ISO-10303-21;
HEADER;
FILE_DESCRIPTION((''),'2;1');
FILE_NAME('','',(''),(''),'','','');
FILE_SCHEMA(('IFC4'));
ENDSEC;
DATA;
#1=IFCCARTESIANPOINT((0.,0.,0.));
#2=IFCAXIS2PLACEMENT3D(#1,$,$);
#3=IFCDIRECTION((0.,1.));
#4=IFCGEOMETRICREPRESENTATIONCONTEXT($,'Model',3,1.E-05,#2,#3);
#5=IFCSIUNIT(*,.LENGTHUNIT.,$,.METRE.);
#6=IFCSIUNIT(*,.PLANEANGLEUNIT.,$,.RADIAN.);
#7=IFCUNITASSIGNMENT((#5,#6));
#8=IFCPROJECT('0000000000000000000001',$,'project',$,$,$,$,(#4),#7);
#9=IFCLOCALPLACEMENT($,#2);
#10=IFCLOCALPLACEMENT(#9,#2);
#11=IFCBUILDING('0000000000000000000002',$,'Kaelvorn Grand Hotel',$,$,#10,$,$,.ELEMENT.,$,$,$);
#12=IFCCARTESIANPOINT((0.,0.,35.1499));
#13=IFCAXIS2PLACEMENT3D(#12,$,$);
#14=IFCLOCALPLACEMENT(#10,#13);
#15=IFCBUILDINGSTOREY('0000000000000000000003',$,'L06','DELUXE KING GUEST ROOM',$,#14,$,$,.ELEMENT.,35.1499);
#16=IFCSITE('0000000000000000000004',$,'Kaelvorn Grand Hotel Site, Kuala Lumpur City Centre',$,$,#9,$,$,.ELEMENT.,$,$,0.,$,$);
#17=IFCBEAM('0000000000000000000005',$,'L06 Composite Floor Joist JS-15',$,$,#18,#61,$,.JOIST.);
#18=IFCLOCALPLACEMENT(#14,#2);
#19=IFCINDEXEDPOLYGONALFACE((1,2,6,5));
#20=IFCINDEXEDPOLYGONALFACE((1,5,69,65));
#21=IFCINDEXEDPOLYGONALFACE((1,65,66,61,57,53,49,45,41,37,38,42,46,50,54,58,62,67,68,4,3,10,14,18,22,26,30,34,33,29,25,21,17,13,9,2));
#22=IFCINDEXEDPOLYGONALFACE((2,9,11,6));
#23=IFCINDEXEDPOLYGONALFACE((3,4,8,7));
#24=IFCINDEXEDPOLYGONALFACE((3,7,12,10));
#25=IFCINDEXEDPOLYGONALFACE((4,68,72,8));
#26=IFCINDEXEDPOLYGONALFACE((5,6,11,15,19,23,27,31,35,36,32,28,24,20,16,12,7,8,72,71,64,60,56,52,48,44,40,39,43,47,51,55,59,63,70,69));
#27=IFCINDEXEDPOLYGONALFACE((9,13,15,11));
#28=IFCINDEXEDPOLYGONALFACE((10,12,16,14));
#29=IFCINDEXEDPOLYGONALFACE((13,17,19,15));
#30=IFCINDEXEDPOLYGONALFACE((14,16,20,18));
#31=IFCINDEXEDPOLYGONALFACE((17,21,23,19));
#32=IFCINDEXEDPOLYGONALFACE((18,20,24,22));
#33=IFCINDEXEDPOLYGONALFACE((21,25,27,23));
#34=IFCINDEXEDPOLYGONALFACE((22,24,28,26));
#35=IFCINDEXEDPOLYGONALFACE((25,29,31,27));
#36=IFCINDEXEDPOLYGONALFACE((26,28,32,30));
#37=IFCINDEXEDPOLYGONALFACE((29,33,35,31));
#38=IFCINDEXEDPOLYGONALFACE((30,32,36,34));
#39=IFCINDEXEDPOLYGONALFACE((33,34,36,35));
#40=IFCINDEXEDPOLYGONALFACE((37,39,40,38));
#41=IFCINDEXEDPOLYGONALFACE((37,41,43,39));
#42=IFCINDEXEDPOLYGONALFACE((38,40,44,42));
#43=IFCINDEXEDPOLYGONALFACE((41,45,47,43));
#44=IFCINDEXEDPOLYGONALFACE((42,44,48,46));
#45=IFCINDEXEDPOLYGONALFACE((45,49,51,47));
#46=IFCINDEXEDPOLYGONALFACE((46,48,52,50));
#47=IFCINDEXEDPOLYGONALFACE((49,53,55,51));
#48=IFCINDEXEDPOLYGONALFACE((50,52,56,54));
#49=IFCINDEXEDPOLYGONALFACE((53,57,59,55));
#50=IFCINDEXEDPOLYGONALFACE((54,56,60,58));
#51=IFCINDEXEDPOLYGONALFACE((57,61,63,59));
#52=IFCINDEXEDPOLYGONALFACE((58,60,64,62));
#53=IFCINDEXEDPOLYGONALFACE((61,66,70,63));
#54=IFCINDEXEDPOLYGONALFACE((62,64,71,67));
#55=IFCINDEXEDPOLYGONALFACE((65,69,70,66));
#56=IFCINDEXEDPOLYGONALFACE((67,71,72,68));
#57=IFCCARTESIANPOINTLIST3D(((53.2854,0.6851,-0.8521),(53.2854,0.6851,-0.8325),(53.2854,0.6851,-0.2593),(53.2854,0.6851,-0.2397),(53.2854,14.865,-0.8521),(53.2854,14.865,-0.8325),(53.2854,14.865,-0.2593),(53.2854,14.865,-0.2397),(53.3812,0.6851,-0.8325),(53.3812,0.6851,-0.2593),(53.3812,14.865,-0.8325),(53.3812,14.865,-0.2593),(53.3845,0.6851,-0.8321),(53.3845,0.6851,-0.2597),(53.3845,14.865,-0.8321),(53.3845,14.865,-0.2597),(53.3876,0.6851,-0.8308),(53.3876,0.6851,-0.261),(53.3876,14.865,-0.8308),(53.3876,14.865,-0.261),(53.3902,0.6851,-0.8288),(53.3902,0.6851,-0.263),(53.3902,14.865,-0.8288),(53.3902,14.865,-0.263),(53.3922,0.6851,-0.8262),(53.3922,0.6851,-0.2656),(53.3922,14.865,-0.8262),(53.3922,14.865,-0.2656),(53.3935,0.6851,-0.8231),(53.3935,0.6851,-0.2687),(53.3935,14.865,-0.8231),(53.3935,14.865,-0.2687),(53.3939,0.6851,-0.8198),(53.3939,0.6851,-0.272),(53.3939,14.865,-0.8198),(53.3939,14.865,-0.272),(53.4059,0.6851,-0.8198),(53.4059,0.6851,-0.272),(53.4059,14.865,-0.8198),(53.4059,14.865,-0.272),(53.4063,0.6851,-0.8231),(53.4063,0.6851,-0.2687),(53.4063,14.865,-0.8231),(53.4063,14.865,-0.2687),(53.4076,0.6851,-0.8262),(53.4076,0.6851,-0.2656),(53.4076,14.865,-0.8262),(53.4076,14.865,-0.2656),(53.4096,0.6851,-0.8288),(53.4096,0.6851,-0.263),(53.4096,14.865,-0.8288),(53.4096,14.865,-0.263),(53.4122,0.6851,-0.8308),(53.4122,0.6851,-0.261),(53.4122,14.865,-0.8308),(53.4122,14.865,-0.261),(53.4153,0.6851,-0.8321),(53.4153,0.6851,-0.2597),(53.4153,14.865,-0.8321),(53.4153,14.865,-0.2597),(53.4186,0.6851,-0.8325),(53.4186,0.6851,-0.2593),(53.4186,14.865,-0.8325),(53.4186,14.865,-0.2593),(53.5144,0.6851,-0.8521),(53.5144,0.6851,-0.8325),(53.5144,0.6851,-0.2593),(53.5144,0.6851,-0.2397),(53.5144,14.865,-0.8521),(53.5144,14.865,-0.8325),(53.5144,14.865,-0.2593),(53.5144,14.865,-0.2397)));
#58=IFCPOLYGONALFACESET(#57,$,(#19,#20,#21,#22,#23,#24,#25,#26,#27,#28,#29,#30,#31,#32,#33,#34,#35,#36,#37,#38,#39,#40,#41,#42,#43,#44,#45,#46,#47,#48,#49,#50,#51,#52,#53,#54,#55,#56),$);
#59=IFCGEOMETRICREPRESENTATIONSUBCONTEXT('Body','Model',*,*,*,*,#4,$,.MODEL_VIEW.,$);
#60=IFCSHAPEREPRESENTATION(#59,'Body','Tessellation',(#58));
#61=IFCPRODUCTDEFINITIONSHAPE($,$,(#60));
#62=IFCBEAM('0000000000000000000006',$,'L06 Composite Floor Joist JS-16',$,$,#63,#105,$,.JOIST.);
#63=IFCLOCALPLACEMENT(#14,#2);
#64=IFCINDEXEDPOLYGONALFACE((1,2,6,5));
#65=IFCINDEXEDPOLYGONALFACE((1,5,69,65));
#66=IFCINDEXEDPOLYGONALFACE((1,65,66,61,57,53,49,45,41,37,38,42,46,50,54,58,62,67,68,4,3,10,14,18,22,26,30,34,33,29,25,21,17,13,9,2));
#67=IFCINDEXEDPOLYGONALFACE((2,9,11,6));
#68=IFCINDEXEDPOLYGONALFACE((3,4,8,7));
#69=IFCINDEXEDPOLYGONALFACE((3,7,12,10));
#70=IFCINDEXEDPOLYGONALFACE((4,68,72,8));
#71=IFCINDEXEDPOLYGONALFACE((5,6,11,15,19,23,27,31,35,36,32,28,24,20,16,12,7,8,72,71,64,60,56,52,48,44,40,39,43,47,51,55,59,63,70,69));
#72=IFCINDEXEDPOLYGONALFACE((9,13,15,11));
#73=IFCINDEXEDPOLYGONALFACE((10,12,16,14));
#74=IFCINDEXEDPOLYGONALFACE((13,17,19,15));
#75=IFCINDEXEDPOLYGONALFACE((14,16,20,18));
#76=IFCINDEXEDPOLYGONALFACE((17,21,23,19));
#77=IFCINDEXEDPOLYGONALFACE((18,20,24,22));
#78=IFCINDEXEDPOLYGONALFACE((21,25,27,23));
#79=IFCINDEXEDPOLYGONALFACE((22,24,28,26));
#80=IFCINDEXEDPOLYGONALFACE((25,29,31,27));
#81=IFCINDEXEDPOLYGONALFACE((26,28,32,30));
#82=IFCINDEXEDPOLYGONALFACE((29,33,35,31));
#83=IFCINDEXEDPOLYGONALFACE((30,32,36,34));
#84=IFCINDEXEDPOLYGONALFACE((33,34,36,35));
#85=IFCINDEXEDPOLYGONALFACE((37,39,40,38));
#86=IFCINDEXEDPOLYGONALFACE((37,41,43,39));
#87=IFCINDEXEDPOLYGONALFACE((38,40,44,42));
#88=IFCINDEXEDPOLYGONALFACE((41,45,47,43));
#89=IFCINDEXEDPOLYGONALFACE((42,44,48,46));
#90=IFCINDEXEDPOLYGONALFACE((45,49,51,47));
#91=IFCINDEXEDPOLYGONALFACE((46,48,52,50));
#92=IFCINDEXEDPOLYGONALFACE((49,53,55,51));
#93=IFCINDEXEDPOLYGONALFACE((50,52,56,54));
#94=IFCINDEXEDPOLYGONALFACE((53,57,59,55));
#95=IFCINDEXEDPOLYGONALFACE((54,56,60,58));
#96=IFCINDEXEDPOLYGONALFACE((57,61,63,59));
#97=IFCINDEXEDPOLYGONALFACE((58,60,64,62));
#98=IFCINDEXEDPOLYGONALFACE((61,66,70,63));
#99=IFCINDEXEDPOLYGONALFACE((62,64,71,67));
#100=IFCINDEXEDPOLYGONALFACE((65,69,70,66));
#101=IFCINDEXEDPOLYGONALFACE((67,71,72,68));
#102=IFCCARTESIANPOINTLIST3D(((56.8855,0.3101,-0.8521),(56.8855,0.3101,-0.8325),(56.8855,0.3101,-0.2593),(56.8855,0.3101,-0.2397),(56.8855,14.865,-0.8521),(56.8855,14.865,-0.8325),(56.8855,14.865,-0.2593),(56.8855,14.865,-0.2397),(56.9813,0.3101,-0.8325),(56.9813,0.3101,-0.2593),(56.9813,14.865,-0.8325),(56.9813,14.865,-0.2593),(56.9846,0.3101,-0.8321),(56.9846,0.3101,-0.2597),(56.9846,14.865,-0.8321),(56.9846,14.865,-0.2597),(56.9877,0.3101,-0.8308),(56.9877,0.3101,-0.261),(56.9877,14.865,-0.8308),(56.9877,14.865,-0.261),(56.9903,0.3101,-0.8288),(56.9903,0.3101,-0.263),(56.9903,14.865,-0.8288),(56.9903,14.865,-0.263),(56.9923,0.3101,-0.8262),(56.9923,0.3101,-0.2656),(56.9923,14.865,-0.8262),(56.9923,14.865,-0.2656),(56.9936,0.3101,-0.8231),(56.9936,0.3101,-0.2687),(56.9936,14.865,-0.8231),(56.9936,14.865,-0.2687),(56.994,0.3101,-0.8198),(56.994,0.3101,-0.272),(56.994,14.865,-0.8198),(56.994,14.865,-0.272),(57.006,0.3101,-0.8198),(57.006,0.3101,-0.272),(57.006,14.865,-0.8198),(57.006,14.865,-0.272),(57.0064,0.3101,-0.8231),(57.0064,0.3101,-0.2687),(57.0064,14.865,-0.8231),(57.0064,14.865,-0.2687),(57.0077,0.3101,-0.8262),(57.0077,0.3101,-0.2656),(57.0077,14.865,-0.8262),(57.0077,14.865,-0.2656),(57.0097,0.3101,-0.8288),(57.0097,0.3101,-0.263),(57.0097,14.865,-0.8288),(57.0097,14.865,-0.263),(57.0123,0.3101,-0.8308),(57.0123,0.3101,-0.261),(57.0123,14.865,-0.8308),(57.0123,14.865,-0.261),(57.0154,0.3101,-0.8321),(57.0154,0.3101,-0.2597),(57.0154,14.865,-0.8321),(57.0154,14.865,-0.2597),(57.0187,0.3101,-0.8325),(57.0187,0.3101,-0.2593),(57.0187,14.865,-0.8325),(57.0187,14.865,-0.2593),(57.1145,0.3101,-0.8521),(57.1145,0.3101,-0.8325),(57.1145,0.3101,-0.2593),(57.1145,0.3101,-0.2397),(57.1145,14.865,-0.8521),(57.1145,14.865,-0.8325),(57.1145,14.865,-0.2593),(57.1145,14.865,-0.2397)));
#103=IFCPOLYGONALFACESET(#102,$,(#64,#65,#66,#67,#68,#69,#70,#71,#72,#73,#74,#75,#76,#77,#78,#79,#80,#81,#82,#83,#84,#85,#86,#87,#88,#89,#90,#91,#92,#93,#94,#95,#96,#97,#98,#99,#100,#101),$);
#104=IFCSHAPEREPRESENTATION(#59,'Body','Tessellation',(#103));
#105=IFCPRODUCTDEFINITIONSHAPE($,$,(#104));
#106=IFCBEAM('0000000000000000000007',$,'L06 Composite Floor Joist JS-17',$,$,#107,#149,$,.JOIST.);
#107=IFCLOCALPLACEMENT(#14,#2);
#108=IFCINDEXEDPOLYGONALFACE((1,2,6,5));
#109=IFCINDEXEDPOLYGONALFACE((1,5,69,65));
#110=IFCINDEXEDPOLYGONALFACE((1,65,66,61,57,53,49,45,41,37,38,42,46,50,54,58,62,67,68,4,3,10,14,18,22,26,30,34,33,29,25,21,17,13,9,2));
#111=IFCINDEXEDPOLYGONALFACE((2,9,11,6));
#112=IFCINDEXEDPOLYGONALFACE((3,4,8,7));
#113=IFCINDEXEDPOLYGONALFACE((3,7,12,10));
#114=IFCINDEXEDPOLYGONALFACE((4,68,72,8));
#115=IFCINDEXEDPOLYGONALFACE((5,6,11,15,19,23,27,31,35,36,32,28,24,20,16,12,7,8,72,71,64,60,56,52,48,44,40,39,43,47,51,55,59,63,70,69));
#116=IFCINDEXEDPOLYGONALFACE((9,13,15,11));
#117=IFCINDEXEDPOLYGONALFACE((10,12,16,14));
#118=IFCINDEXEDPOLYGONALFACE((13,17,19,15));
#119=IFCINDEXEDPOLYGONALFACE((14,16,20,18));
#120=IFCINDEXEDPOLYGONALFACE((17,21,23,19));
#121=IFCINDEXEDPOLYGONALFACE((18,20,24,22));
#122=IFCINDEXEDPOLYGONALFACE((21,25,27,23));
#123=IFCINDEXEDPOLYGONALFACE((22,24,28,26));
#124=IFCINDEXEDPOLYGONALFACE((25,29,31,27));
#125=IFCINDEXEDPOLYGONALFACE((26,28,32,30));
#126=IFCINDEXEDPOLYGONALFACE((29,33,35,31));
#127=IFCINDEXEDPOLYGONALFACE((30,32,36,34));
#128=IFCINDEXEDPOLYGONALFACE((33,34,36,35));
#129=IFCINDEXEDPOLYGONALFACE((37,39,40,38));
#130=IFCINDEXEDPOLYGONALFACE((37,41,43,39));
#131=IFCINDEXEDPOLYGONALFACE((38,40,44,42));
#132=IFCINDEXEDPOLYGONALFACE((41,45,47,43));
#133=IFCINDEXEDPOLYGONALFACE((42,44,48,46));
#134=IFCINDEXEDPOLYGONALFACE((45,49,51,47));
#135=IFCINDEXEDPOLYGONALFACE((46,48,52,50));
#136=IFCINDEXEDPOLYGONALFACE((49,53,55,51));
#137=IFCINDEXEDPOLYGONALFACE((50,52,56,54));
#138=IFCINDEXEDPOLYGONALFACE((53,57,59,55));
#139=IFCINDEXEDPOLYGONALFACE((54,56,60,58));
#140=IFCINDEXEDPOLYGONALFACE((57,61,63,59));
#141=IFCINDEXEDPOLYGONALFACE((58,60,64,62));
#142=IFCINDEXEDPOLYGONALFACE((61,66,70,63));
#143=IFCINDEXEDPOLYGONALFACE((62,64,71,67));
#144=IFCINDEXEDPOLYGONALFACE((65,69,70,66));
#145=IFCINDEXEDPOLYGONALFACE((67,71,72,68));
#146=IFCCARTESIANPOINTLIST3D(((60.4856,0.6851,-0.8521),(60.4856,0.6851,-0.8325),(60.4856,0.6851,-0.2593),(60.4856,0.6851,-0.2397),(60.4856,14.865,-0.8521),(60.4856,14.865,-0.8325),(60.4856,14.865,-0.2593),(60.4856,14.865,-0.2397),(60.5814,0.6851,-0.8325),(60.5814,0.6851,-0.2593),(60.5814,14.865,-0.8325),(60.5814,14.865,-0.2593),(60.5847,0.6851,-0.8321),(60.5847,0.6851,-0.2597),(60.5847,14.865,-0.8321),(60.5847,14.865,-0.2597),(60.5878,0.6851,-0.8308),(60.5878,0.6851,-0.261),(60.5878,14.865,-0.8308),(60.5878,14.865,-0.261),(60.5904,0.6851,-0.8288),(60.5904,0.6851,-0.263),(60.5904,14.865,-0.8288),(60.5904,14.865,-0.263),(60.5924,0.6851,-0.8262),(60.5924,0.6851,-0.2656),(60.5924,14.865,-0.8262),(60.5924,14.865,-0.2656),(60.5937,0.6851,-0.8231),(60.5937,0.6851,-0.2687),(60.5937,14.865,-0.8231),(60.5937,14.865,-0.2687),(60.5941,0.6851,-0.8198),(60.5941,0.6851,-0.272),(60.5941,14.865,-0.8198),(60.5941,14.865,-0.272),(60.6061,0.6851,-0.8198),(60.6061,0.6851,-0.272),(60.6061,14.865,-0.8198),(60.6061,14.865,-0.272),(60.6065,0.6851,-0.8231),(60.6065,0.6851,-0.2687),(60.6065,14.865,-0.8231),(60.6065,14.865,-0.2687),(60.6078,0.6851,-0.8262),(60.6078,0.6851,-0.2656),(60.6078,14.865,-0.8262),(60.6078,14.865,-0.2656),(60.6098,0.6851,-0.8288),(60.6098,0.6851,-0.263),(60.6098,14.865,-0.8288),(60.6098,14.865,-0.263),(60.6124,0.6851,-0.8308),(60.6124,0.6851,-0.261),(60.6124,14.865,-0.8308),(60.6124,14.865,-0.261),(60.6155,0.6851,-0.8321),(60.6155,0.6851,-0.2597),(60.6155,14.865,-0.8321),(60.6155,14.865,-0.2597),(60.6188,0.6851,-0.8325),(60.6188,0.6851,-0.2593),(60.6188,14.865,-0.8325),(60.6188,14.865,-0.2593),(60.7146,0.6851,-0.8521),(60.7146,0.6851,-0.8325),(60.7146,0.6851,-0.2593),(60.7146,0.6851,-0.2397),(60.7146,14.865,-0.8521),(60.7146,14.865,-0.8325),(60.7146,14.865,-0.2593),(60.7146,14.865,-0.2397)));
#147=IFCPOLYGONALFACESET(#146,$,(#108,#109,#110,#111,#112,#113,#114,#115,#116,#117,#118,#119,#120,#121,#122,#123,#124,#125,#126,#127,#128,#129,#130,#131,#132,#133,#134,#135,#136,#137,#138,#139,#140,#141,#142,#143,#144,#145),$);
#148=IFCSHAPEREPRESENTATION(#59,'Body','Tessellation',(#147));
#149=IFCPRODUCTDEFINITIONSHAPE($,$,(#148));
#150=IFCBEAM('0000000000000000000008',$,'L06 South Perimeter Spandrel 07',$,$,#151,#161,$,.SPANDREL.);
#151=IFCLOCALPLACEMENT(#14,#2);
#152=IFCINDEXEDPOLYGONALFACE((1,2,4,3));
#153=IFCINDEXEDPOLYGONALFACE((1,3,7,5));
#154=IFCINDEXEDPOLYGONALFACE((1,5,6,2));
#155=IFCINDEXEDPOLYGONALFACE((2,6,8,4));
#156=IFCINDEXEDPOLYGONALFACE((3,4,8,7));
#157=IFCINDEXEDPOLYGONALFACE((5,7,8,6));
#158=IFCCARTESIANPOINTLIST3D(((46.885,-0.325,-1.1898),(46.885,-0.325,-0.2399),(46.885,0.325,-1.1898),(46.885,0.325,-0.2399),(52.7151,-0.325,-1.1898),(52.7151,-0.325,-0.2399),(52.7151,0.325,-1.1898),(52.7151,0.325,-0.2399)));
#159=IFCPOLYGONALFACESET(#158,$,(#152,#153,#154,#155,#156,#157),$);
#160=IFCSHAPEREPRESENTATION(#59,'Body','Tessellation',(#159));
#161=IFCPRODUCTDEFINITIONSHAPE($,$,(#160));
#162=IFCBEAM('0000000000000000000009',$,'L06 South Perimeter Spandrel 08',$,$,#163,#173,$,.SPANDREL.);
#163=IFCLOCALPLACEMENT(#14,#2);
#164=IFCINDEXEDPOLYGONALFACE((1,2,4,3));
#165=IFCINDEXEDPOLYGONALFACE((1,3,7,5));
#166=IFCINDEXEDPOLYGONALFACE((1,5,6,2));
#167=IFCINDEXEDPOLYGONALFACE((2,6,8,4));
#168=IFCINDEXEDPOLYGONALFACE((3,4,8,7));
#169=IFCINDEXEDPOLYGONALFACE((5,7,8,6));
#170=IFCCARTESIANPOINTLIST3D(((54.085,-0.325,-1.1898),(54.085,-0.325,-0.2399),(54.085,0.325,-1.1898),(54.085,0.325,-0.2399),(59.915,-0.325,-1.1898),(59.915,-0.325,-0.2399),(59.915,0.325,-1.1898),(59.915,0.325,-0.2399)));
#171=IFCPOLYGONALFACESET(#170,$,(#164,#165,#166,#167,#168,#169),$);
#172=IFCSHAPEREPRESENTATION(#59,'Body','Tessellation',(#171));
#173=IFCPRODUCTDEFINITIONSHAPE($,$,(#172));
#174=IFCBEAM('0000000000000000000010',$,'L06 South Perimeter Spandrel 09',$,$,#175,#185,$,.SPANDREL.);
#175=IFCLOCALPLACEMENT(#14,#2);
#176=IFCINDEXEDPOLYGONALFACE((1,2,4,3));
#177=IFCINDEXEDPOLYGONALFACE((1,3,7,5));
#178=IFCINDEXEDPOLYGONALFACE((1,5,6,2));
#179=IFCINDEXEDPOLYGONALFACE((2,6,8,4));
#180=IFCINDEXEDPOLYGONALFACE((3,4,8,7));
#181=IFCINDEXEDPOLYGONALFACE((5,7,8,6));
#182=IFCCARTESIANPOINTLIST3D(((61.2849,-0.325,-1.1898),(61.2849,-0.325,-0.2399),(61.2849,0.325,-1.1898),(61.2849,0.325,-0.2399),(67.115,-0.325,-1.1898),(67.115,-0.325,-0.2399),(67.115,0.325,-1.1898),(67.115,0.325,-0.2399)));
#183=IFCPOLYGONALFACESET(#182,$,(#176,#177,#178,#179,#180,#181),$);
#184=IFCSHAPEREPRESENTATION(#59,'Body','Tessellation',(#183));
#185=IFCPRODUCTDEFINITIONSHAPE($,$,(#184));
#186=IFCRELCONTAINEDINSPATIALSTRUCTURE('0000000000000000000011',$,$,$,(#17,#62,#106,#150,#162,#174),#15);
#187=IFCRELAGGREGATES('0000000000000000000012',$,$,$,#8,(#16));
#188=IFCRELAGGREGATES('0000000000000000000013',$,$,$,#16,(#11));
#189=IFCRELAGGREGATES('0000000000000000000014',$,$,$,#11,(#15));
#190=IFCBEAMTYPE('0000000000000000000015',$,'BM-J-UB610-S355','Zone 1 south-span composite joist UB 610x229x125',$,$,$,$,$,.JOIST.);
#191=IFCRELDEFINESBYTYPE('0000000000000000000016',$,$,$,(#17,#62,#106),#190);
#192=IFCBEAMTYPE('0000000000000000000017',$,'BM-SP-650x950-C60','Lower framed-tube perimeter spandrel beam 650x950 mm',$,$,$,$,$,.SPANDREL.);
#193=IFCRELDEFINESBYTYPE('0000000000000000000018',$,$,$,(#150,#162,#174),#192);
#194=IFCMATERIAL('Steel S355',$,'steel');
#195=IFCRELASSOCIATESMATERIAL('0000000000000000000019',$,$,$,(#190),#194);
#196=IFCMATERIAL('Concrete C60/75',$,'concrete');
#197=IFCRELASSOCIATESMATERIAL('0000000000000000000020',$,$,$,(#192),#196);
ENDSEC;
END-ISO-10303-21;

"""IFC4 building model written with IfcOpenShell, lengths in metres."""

from ifc_helpers import new_model, si_unit, direction, frame, origin, origin_2d, place, context, subcontext, project, spatial, rectangle, i_section, extrude, material, material_profile, profile_set, type_object, element, save


model = new_model("IFC4")

# Units and contexts
model_context = context("Model", 3, precision=1e-05, world=origin(), true_north=direction((0.0, 1.0)))
body_context = subcontext(model_context, "Body", "Model", "MODEL_VIEW")
ifc_project = project(units=[si_unit("LENGTHUNIT", "METRE"), si_unit("PLANEANGLEUNIT", "RADIAN")], contexts=[model_context])

# Site, building, storey
site_placement = place(None, origin())
site = spatial("IfcSite", under=ifc_project, at=site_placement, Name="Kaelvorn Grand Hotel Site, Kuala Lumpur City Centre", CompositionType="ELEMENT", RefElevation=0.0)
building_placement = place(site_placement, origin())
building = spatial("IfcBuilding", under=site, at=building_placement, Name="Kaelvorn Grand Hotel", CompositionType="ELEMENT")
storey_placement = place(building_placement, frame((0.0, 0.0, 35.1499)))
storey = spatial("IfcBuildingStorey", under=building, at=storey_placement, Name="L06", Description="DELUXE KING GUEST ROOM", CompositionType="ELEMENT", Elevation=35.1499)

# Beams
ifc_material_1 = material(Name="Steel S355", Category="steel")
ifc_material_profile_1 = material_profile(ifc_material_1, i_section(OverallWidth=0.229, OverallDepth=0.6123, WebThickness=0.012, FlangeThickness=0.0195, FilletRadius=0.0127, at=origin_2d()), Name="UB 610x229x125")
ifc_profile_set_1 = profile_set([ifc_material_profile_1], Name="Steel S355")
beam_type_1 = type_object("IfcBeamType", Name="BM-J-UB610-S355", Description="Zone 1 south-span composite joist UB 610x229x125", PredefinedType="JOIST", material=ifc_profile_set_1)
beam_1_placement = place(storey_placement, frame((53.3999, 0.6851, -0.5459), z_axis=(0.0, 1.0, 0.0), x_axis=(-1.0, 0.0, 0.0)))
element("IfcBeam", 1, at=beam_1_placement, inside=storey, type_object=beam_type_1, Name="L06 Composite Floor Joist JS-15", PredefinedType="JOIST", context=body_context, shape_type="SweptSolid", body=[
    extrude(i_section(OverallWidth=0.229, OverallDepth=0.6123, WebThickness=0.012, FlangeThickness=0.0195, FilletRadius=0.0127, at=origin_2d()), origin(), (0.0, 0.0, 1.0), 14.1799),
])
beam_2_placement = place(storey_placement, frame((57.0, 0.3101, -0.5459), z_axis=(0.0, 1.0, 0.0), x_axis=(-1.0, 0.0, 0.0)))
element("IfcBeam", 2, at=beam_2_placement, inside=storey, type_object=beam_type_1, Name="L06 Composite Floor Joist JS-16", PredefinedType="JOIST", context=body_context, shape_type="SweptSolid", body=[
    extrude(i_section(OverallWidth=0.229, OverallDepth=0.6123, WebThickness=0.012, FlangeThickness=0.0195, FilletRadius=0.0127, at=origin_2d()), origin(), (0.0, 0.0, 1.0), 14.5549),
])
beam_3_placement = place(storey_placement, frame((60.6001, 0.6851, -0.5459), z_axis=(0.0, 1.0, 0.0), x_axis=(-1.0, 0.0, 0.0)))
element("IfcBeam", 3, at=beam_3_placement, inside=storey, type_object=beam_type_1, Name="L06 Composite Floor Joist JS-17", PredefinedType="JOIST", context=body_context, shape_type="SweptSolid", body=[
    extrude(i_section(OverallWidth=0.229, OverallDepth=0.6123, WebThickness=0.012, FlangeThickness=0.0195, FilletRadius=0.0127, at=origin_2d()), origin(), (0.0, 0.0, 1.0), 14.1799),
])
ifc_material_2 = material(Name="Concrete C60/75", Category="concrete")
ifc_material_profile_2 = material_profile(ifc_material_2, rectangle(XDim=0.6499, YDim=0.95, at=origin_2d()), Name="RC SPANDREL 650x950")
ifc_profile_set_2 = profile_set([ifc_material_profile_2], Name="Concrete C60/75")
beam_type_2 = type_object("IfcBeamType", Name="BM-SP-650x950-C60", Description="Lower framed-tube perimeter spandrel beam 650x950 mm", PredefinedType="SPANDREL", material=ifc_profile_set_2)
for number, where, z_axis, x_axis, name in (
    (4, (46.885, 0.0, -0.7148), (1.0, 0.0, 0.0), (0.0, 1.0, 0.0), "L06 South Perimeter Spandrel 07"),
    (5, (54.085, 0.0, -0.7148), (1.0, 0.0, 0.0), (0.0, 1.0, 0.0), "L06 South Perimeter Spandrel 08"),
    (6, (61.2849, 0.0, -0.7148), (1.0, 0.0, 0.0), (0.0, 1.0, 0.0), "L06 South Perimeter Spandrel 09"),
):
    element("IfcBeam", number, at=place(storey_placement, frame(where, z_axis=z_axis, x_axis=x_axis)), inside=storey, type_object=beam_type_2, Name=name, PredefinedType="SPANDREL", context=body_context, shape_type="SweptSolid", body=[
        extrude(rectangle(XDim=0.6499, YDim=0.95, at=origin_2d()), origin(), (0.0, 0.0, 1.0), 5.8301),
    ])

save(model, "model.ifc")
